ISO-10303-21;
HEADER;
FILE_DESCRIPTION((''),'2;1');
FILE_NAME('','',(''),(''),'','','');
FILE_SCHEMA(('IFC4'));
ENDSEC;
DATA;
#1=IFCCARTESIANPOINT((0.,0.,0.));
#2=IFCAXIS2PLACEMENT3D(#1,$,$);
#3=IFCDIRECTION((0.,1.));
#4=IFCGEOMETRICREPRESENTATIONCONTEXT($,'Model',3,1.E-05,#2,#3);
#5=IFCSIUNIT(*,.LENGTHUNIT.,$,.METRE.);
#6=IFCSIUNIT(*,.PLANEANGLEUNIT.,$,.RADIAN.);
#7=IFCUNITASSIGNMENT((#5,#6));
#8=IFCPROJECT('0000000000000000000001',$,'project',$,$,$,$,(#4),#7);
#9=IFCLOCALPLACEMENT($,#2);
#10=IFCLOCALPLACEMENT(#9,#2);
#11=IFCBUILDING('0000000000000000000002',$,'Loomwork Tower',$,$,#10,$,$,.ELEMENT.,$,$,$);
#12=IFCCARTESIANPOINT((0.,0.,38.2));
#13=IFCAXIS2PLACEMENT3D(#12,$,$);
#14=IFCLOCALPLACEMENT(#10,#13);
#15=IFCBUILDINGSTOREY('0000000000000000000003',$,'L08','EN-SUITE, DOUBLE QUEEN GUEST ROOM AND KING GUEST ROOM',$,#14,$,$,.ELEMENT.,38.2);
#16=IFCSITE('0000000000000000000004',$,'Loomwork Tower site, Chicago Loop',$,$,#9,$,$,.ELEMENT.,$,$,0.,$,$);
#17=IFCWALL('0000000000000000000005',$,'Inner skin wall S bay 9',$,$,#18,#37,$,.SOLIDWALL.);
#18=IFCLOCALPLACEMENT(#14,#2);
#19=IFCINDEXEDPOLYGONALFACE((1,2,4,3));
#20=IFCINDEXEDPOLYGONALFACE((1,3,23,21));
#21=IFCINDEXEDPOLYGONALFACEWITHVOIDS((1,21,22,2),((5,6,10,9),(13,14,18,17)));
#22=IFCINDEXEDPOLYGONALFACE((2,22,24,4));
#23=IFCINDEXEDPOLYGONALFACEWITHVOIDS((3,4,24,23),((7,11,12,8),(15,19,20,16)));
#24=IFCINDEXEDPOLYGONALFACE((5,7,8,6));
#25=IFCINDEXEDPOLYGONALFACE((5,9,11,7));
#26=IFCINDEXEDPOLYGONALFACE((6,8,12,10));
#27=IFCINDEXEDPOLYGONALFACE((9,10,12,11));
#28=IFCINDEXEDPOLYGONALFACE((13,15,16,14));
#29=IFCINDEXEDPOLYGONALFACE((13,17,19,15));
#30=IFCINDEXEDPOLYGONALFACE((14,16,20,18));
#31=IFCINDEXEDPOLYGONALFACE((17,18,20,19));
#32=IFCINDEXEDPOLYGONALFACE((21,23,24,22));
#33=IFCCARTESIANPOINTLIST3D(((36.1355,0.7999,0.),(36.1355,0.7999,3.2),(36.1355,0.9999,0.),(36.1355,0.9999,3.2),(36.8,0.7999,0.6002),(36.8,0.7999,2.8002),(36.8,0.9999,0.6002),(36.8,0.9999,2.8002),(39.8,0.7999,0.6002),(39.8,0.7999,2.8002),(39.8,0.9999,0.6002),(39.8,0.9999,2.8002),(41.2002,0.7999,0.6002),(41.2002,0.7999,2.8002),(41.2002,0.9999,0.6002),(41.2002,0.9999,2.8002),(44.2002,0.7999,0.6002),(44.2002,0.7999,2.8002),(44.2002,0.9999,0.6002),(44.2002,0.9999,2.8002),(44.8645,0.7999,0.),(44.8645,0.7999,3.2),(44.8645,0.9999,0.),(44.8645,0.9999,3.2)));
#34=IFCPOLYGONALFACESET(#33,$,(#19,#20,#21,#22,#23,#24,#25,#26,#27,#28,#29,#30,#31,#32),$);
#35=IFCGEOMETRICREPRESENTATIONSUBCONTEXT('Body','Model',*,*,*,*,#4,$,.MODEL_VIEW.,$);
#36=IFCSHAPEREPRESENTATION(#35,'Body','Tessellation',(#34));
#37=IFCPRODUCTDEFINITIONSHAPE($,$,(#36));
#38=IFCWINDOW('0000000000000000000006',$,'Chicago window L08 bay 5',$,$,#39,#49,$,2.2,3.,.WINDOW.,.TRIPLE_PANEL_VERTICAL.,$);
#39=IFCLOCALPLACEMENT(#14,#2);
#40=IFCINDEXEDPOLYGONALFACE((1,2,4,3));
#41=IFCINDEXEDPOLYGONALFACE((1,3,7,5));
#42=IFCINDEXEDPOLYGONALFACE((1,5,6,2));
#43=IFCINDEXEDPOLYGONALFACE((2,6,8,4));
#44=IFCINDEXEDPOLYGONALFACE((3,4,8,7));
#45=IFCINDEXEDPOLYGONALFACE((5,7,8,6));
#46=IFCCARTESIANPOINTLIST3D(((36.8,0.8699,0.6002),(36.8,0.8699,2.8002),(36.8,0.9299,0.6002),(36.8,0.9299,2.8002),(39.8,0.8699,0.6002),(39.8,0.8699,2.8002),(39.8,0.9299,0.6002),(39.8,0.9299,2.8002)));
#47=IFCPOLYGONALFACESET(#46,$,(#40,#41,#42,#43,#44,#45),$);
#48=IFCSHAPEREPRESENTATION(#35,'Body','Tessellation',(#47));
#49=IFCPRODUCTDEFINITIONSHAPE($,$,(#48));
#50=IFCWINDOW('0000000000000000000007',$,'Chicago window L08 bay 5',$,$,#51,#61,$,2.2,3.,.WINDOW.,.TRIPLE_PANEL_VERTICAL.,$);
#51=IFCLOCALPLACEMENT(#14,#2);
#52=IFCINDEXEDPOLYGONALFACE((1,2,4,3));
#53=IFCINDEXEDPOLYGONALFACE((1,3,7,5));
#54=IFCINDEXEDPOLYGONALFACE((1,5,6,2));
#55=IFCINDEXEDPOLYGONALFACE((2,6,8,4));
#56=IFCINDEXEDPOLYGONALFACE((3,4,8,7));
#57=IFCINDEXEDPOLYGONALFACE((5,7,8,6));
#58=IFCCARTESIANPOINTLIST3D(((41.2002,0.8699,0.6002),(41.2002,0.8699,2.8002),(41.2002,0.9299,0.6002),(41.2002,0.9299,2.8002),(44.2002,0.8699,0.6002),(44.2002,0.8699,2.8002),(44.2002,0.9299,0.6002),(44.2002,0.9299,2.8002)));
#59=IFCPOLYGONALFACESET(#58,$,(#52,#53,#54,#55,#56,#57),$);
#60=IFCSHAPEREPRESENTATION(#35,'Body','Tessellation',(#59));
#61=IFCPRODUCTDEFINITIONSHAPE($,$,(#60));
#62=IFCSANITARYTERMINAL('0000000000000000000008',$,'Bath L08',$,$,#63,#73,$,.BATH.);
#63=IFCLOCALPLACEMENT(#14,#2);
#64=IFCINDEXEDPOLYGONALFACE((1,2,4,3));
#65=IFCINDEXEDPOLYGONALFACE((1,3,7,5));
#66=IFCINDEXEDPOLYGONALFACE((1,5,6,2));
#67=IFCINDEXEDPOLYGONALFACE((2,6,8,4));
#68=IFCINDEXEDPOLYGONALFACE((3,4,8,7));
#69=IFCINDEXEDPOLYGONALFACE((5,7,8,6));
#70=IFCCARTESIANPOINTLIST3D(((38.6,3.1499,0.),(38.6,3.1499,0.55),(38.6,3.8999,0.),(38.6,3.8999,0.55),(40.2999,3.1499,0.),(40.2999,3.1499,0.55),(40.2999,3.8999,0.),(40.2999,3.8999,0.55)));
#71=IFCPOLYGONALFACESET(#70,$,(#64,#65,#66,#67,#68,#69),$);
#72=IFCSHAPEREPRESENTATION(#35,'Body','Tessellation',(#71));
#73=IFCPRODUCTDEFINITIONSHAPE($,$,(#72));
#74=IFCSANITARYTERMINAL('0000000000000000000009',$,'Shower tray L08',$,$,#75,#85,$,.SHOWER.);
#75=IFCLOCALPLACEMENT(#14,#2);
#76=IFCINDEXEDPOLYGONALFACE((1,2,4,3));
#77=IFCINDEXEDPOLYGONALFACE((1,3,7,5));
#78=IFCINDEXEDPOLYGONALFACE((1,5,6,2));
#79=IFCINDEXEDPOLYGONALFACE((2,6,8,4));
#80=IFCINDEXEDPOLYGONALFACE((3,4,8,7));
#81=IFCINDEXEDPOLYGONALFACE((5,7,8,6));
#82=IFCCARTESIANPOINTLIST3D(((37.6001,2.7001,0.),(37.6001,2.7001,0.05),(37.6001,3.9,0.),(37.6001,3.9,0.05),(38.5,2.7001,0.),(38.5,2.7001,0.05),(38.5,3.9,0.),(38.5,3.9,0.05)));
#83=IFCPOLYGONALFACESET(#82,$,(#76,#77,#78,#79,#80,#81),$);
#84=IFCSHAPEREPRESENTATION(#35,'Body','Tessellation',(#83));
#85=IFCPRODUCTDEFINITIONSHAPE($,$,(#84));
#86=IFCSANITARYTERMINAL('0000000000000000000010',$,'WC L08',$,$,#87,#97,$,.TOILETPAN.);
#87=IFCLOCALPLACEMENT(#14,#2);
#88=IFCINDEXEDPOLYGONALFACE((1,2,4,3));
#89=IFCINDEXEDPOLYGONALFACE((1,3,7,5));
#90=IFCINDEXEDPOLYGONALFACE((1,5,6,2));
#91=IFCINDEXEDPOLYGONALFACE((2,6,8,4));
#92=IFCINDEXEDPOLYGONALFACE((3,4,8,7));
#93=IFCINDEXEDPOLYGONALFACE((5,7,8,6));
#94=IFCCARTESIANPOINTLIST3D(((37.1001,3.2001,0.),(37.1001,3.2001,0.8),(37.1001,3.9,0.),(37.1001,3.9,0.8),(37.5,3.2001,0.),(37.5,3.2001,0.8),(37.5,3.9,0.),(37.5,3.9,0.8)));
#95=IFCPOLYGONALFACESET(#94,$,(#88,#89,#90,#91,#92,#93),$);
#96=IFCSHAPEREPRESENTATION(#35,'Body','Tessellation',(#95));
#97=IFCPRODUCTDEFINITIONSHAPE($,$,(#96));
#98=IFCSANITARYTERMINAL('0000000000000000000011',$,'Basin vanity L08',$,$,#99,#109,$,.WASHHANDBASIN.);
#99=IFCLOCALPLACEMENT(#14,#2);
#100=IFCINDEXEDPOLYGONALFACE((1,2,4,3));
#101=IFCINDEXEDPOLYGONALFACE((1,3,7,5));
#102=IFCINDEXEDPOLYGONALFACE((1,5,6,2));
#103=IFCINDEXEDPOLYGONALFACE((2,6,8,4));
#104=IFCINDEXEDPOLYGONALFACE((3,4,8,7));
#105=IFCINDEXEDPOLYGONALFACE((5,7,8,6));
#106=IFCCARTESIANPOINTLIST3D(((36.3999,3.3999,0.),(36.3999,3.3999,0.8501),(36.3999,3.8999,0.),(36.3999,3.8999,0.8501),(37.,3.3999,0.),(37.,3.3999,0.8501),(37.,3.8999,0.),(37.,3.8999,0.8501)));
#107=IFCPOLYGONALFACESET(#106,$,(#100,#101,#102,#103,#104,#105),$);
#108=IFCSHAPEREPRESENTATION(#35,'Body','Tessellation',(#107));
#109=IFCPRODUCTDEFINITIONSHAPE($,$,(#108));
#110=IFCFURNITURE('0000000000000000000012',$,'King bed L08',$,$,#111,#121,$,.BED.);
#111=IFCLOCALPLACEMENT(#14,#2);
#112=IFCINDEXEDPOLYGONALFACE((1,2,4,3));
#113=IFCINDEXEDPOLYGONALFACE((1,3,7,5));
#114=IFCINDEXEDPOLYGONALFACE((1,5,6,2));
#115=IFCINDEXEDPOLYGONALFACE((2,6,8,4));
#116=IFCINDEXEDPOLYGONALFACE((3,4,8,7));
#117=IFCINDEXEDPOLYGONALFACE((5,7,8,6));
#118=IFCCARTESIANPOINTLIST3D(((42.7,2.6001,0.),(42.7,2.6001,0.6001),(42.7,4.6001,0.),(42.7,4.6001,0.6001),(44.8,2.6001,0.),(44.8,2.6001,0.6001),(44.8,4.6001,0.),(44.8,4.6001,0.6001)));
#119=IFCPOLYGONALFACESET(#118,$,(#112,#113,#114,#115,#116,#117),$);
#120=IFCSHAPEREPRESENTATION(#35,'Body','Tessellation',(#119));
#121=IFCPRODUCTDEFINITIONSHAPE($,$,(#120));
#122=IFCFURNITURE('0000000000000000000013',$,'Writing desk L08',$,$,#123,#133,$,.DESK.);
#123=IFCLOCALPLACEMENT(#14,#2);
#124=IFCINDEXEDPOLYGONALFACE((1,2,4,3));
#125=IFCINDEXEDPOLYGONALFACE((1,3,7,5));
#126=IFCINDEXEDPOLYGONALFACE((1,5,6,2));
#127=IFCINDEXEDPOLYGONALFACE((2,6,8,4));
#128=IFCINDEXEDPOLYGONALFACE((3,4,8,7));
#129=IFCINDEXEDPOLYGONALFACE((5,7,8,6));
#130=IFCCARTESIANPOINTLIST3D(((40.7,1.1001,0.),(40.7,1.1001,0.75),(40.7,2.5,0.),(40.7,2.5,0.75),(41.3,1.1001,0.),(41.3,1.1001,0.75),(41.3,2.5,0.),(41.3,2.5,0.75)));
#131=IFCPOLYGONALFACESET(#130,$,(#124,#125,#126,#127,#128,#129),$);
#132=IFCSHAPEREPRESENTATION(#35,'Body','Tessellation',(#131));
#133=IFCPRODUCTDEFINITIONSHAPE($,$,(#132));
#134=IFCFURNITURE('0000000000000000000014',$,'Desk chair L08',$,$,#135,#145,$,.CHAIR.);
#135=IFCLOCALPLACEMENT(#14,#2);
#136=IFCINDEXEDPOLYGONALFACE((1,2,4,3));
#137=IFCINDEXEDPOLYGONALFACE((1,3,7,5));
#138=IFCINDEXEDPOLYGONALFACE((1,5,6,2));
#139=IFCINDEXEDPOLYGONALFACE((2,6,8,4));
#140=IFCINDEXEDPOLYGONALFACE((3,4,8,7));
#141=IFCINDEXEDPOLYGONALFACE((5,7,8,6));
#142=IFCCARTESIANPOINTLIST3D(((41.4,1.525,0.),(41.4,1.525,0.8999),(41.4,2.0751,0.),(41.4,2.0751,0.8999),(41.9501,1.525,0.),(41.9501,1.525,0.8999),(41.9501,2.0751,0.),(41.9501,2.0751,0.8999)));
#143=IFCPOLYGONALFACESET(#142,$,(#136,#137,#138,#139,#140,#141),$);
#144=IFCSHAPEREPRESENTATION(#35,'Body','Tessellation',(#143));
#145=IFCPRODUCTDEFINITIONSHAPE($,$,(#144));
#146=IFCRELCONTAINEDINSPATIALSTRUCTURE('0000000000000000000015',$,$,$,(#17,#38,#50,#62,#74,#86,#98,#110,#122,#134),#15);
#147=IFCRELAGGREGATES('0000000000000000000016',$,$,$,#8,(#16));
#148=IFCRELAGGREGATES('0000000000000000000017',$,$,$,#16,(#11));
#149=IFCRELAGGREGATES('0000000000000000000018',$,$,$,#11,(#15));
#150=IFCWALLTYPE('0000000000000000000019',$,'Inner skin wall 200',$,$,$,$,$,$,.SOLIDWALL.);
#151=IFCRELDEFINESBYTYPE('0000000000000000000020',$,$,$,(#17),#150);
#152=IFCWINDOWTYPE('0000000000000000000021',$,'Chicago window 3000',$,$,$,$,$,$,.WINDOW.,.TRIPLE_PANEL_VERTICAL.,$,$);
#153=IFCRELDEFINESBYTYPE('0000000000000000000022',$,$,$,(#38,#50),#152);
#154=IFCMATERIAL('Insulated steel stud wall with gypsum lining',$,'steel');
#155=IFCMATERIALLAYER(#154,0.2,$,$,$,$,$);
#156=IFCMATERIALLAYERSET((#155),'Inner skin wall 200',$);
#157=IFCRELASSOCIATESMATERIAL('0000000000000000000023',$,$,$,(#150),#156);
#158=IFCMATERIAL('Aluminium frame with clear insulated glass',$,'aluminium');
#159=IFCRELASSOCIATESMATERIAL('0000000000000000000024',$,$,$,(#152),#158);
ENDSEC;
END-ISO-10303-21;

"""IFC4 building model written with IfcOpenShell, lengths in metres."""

from ifc_helpers import new_model, si_unit, direction, frame, frame_2d, origin, origin_2d, place, context, subcontext, project, spatial, rectangle, extrude, material, layer, layer_set, type_object, element, fill, save


model = new_model("IFC4")

# Units and contexts
model_context = context("Model", 3, precision=1e-05, world=origin(), true_north=direction((0.0, 1.0)))
body_context = subcontext(model_context, "Body", "Model", "MODEL_VIEW")
ifc_project = project(units=[si_unit("LENGTHUNIT", "METRE"), si_unit("PLANEANGLEUNIT", "RADIAN")], contexts=[model_context])

# Site, building, storey
site_placement = place(None, origin())
site = spatial("IfcSite", under=ifc_project, at=site_placement, Name="Loomwork Tower site, Chicago Loop", CompositionType="ELEMENT", RefElevation=0.0)
building_placement = place(site_placement, origin())
building = spatial("IfcBuilding", under=site, at=building_placement, Name="Loomwork Tower", CompositionType="ELEMENT")
storey_placement = place(building_placement, frame((0.0, 0.0, 38.2)))
storey = spatial("IfcBuildingStorey", under=building, at=storey_placement, Name="L08", Description="EN-SUITE, DOUBLE QUEEN GUEST ROOM AND KING GUEST ROOM", CompositionType="ELEMENT", Elevation=38.2)

# Wall, openings, windows
ifc_material_1 = material(Name="Insulated steel stud wall with gypsum lining", Category="steel")
ifc_layer_1 = layer(ifc_material_1, 0.2)
ifc_layer_set_1 = layer_set([ifc_layer_1], Name="Inner skin wall 200")
wall_type_1 = type_object("IfcWallType", Name="Inner skin wall 200", PredefinedType="SOLIDWALL", material=ifc_layer_set_1)
wall_1_placement = place(storey_placement, frame((36.1355, 0.8999, 0.0), z_axis=(0.0, 0.0, 1.0), x_axis=(1.0, 0.0, 0.0)))
wall_1 = element("IfcWall", 1, at=wall_1_placement, inside=storey, type_object=wall_type_1, Name="Inner skin wall S bay 9", PredefinedType="SOLIDWALL", context=body_context, shape_type="SweptSolid", body=[
    extrude(rectangle(XDim=8.729, YDim=0.2, at=frame_2d((4.3645, 0.0))), origin(), (0.0, 0.0, 1.0), 3.2),
])
opening_1_placement = place(wall_1_placement, frame((0.6646, 0.0, 0.6001)))
opening_1 = element("IfcOpeningElement", 2, at=opening_1_placement, cuts=wall_1, PredefinedType="OPENING", context=body_context, shape_type="SweptSolid", body=[
    extrude(rectangle(XDim=3.0, YDim=2.2, at=frame_2d((1.5, 1.1001))), frame((0.0, 0.1099, 0.0), z_axis=(0.0, -1.0, 0.0), x_axis=(1.0, 0.0, 0.0)), (0.0, 0.0, 1.0), 0.22),
])
opening_2_placement = place(wall_1_placement, frame((5.0647, 0.0, 0.6001)))
opening_2 = element("IfcOpeningElement", 3, at=opening_2_placement, cuts=wall_1, PredefinedType="OPENING", context=body_context, shape_type="SweptSolid", body=[
    extrude(rectangle(XDim=3.0, YDim=2.2, at=frame_2d((1.5, 1.1001))), frame((0.0, 0.1099, 0.0), z_axis=(0.0, -1.0, 0.0), x_axis=(1.0, 0.0, 0.0)), (0.0, 0.0, 1.0), 0.22),
])
ifc_material_2 = material(Name="Aluminium frame with clear insulated glass", Category="aluminium")
window_type = type_object("IfcWindowType", Name="Chicago window 3000", PartitioningType="TRIPLE_PANEL_VERTICAL", PredefinedType="WINDOW", material=ifc_material_2)
window_1_placement = place(opening_1_placement, origin())
window_1 = element("IfcWindow", 4, at=window_1_placement, inside=storey, type_object=window_type, Name="Chicago window L08 bay 5", OverallHeight=2.2, OverallWidth=3.0, PartitioningType="TRIPLE_PANEL_VERTICAL", PredefinedType="WINDOW", context=body_context, shape_type="SweptSolid", body=[
    extrude(rectangle(XDim=3.0, YDim=2.2, at=frame_2d((1.5, 1.1001))), frame((0.0, 0.03, 0.0), z_axis=(0.0, -1.0, 0.0), x_axis=(1.0, 0.0, 0.0)), (0.0, 0.0, 1.0), 0.0601),
])
fill(opening_1, window_1)
window_2_placement = place(opening_2_placement, origin())
window_2 = element("IfcWindow", 5, at=window_2_placement, inside=storey, type_object=window_type, Name="Chicago window L08 bay 5", OverallHeight=2.2, OverallWidth=3.0, PartitioningType="TRIPLE_PANEL_VERTICAL", PredefinedType="WINDOW", context=body_context, shape_type="SweptSolid", body=[
    extrude(rectangle(XDim=3.0, YDim=2.2, at=frame_2d((1.5, 1.1001))), frame((0.0, 0.03, 0.0), z_axis=(0.0, -1.0, 0.0), x_axis=(1.0, 0.0, 0.0)), (0.0, 0.0, 1.0), 0.0601),
])
fill(opening_2, window_2)

# Sanitary terminals
sanitary_terminal_1_placement = place(storey_placement, frame((39.45, 3.5249, 0.0), z_axis=(0.0, 0.0, 1.0), x_axis=(1.0, 0.0, 0.0)))
element("IfcSanitaryTerminal", 6, at=sanitary_terminal_1_placement, inside=storey, Name="Bath L08", PredefinedType="BATH", context=body_context, shape_type="SweptSolid", body=[
    extrude(rectangle(XDim=1.7, YDim=0.75, at=origin_2d()), origin(), (0.0, 0.0, 1.0), 0.55),
])
sanitary_terminal_2_placement = place(storey_placement, frame((38.05, 3.3, 0.0), z_axis=(0.0, 0.0, 1.0), x_axis=(1.0, 0.0, 0.0)))
element("IfcSanitaryTerminal", 7, at=sanitary_terminal_2_placement, inside=storey, Name="Shower tray L08", PredefinedType="SHOWER", context=body_context, shape_type="SweptSolid", body=[
    extrude(rectangle(XDim=0.8999, YDim=1.2, at=origin_2d()), origin(), (0.0, 0.0, 1.0), 0.05),
])
sanitary_terminal_3_placement = place(storey_placement, frame((37.3, 3.55, 0.0), z_axis=(0.0, 0.0, 1.0), x_axis=(1.0, 0.0, 0.0)))
element("IfcSanitaryTerminal", 8, at=sanitary_terminal_3_placement, inside=storey, Name="WC L08", PredefinedType="TOILETPAN", context=body_context, shape_type="SweptSolid", body=[
    extrude(rectangle(XDim=0.3999, YDim=0.7, at=origin_2d()), origin(), (0.0, 0.0, 1.0), 0.8),
])
sanitary_terminal_4_placement = place(storey_placement, frame((36.7, 3.6499, 0.0), z_axis=(0.0, 0.0, 1.0), x_axis=(1.0, 0.0, 0.0)))
element("IfcSanitaryTerminal", 9, at=sanitary_terminal_4_placement, inside=storey, Name="Basin vanity L08", PredefinedType="WASHHANDBASIN", context=body_context, shape_type="SweptSolid", body=[
    extrude(rectangle(XDim=0.6001, YDim=0.5, at=origin_2d()), origin(), (0.0, 0.0, 1.0), 0.8501),
])

# Furniture
furniture_1_placement = place(storey_placement, frame((43.75, 3.6001, 0.0), z_axis=(0.0, 0.0, 1.0), x_axis=(1.0, 0.0, 0.0)))
element("IfcFurniture", 10, at=furniture_1_placement, inside=storey, Name="King bed L08", PredefinedType="BED", context=body_context, shape_type="SweptSolid", body=[
    extrude(rectangle(XDim=2.1001, YDim=2.0, at=origin_2d()), origin(), (0.0, 0.0, 1.0), 0.6001),
])
furniture_2_placement = place(storey_placement, frame((41.0, 1.8, 0.0), z_axis=(0.0, 0.0, 1.0), x_axis=(1.0, 0.0, 0.0)))
element("IfcFurniture", 11, at=furniture_2_placement, inside=storey, Name="Writing desk L08", PredefinedType="DESK", context=body_context, shape_type="SweptSolid", body=[
    extrude(rectangle(XDim=0.6001, YDim=1.3999, at=origin_2d()), origin(), (0.0, 0.0, 1.0), 0.75),
])
furniture_3_placement = place(storey_placement, frame((41.675, 1.8, 0.0), z_axis=(0.0, 0.0, 1.0), x_axis=(1.0, 0.0, 0.0)))
element("IfcFurniture", 12, at=furniture_3_placement, inside=storey, Name="Desk chair L08", PredefinedType="CHAIR", context=body_context, shape_type="SweptSolid", body=[
    extrude(rectangle(XDim=0.55, YDim=0.55, at=origin_2d()), origin(), (0.0, 0.0, 1.0), 0.8999),
])

save(model, "model.ifc")
